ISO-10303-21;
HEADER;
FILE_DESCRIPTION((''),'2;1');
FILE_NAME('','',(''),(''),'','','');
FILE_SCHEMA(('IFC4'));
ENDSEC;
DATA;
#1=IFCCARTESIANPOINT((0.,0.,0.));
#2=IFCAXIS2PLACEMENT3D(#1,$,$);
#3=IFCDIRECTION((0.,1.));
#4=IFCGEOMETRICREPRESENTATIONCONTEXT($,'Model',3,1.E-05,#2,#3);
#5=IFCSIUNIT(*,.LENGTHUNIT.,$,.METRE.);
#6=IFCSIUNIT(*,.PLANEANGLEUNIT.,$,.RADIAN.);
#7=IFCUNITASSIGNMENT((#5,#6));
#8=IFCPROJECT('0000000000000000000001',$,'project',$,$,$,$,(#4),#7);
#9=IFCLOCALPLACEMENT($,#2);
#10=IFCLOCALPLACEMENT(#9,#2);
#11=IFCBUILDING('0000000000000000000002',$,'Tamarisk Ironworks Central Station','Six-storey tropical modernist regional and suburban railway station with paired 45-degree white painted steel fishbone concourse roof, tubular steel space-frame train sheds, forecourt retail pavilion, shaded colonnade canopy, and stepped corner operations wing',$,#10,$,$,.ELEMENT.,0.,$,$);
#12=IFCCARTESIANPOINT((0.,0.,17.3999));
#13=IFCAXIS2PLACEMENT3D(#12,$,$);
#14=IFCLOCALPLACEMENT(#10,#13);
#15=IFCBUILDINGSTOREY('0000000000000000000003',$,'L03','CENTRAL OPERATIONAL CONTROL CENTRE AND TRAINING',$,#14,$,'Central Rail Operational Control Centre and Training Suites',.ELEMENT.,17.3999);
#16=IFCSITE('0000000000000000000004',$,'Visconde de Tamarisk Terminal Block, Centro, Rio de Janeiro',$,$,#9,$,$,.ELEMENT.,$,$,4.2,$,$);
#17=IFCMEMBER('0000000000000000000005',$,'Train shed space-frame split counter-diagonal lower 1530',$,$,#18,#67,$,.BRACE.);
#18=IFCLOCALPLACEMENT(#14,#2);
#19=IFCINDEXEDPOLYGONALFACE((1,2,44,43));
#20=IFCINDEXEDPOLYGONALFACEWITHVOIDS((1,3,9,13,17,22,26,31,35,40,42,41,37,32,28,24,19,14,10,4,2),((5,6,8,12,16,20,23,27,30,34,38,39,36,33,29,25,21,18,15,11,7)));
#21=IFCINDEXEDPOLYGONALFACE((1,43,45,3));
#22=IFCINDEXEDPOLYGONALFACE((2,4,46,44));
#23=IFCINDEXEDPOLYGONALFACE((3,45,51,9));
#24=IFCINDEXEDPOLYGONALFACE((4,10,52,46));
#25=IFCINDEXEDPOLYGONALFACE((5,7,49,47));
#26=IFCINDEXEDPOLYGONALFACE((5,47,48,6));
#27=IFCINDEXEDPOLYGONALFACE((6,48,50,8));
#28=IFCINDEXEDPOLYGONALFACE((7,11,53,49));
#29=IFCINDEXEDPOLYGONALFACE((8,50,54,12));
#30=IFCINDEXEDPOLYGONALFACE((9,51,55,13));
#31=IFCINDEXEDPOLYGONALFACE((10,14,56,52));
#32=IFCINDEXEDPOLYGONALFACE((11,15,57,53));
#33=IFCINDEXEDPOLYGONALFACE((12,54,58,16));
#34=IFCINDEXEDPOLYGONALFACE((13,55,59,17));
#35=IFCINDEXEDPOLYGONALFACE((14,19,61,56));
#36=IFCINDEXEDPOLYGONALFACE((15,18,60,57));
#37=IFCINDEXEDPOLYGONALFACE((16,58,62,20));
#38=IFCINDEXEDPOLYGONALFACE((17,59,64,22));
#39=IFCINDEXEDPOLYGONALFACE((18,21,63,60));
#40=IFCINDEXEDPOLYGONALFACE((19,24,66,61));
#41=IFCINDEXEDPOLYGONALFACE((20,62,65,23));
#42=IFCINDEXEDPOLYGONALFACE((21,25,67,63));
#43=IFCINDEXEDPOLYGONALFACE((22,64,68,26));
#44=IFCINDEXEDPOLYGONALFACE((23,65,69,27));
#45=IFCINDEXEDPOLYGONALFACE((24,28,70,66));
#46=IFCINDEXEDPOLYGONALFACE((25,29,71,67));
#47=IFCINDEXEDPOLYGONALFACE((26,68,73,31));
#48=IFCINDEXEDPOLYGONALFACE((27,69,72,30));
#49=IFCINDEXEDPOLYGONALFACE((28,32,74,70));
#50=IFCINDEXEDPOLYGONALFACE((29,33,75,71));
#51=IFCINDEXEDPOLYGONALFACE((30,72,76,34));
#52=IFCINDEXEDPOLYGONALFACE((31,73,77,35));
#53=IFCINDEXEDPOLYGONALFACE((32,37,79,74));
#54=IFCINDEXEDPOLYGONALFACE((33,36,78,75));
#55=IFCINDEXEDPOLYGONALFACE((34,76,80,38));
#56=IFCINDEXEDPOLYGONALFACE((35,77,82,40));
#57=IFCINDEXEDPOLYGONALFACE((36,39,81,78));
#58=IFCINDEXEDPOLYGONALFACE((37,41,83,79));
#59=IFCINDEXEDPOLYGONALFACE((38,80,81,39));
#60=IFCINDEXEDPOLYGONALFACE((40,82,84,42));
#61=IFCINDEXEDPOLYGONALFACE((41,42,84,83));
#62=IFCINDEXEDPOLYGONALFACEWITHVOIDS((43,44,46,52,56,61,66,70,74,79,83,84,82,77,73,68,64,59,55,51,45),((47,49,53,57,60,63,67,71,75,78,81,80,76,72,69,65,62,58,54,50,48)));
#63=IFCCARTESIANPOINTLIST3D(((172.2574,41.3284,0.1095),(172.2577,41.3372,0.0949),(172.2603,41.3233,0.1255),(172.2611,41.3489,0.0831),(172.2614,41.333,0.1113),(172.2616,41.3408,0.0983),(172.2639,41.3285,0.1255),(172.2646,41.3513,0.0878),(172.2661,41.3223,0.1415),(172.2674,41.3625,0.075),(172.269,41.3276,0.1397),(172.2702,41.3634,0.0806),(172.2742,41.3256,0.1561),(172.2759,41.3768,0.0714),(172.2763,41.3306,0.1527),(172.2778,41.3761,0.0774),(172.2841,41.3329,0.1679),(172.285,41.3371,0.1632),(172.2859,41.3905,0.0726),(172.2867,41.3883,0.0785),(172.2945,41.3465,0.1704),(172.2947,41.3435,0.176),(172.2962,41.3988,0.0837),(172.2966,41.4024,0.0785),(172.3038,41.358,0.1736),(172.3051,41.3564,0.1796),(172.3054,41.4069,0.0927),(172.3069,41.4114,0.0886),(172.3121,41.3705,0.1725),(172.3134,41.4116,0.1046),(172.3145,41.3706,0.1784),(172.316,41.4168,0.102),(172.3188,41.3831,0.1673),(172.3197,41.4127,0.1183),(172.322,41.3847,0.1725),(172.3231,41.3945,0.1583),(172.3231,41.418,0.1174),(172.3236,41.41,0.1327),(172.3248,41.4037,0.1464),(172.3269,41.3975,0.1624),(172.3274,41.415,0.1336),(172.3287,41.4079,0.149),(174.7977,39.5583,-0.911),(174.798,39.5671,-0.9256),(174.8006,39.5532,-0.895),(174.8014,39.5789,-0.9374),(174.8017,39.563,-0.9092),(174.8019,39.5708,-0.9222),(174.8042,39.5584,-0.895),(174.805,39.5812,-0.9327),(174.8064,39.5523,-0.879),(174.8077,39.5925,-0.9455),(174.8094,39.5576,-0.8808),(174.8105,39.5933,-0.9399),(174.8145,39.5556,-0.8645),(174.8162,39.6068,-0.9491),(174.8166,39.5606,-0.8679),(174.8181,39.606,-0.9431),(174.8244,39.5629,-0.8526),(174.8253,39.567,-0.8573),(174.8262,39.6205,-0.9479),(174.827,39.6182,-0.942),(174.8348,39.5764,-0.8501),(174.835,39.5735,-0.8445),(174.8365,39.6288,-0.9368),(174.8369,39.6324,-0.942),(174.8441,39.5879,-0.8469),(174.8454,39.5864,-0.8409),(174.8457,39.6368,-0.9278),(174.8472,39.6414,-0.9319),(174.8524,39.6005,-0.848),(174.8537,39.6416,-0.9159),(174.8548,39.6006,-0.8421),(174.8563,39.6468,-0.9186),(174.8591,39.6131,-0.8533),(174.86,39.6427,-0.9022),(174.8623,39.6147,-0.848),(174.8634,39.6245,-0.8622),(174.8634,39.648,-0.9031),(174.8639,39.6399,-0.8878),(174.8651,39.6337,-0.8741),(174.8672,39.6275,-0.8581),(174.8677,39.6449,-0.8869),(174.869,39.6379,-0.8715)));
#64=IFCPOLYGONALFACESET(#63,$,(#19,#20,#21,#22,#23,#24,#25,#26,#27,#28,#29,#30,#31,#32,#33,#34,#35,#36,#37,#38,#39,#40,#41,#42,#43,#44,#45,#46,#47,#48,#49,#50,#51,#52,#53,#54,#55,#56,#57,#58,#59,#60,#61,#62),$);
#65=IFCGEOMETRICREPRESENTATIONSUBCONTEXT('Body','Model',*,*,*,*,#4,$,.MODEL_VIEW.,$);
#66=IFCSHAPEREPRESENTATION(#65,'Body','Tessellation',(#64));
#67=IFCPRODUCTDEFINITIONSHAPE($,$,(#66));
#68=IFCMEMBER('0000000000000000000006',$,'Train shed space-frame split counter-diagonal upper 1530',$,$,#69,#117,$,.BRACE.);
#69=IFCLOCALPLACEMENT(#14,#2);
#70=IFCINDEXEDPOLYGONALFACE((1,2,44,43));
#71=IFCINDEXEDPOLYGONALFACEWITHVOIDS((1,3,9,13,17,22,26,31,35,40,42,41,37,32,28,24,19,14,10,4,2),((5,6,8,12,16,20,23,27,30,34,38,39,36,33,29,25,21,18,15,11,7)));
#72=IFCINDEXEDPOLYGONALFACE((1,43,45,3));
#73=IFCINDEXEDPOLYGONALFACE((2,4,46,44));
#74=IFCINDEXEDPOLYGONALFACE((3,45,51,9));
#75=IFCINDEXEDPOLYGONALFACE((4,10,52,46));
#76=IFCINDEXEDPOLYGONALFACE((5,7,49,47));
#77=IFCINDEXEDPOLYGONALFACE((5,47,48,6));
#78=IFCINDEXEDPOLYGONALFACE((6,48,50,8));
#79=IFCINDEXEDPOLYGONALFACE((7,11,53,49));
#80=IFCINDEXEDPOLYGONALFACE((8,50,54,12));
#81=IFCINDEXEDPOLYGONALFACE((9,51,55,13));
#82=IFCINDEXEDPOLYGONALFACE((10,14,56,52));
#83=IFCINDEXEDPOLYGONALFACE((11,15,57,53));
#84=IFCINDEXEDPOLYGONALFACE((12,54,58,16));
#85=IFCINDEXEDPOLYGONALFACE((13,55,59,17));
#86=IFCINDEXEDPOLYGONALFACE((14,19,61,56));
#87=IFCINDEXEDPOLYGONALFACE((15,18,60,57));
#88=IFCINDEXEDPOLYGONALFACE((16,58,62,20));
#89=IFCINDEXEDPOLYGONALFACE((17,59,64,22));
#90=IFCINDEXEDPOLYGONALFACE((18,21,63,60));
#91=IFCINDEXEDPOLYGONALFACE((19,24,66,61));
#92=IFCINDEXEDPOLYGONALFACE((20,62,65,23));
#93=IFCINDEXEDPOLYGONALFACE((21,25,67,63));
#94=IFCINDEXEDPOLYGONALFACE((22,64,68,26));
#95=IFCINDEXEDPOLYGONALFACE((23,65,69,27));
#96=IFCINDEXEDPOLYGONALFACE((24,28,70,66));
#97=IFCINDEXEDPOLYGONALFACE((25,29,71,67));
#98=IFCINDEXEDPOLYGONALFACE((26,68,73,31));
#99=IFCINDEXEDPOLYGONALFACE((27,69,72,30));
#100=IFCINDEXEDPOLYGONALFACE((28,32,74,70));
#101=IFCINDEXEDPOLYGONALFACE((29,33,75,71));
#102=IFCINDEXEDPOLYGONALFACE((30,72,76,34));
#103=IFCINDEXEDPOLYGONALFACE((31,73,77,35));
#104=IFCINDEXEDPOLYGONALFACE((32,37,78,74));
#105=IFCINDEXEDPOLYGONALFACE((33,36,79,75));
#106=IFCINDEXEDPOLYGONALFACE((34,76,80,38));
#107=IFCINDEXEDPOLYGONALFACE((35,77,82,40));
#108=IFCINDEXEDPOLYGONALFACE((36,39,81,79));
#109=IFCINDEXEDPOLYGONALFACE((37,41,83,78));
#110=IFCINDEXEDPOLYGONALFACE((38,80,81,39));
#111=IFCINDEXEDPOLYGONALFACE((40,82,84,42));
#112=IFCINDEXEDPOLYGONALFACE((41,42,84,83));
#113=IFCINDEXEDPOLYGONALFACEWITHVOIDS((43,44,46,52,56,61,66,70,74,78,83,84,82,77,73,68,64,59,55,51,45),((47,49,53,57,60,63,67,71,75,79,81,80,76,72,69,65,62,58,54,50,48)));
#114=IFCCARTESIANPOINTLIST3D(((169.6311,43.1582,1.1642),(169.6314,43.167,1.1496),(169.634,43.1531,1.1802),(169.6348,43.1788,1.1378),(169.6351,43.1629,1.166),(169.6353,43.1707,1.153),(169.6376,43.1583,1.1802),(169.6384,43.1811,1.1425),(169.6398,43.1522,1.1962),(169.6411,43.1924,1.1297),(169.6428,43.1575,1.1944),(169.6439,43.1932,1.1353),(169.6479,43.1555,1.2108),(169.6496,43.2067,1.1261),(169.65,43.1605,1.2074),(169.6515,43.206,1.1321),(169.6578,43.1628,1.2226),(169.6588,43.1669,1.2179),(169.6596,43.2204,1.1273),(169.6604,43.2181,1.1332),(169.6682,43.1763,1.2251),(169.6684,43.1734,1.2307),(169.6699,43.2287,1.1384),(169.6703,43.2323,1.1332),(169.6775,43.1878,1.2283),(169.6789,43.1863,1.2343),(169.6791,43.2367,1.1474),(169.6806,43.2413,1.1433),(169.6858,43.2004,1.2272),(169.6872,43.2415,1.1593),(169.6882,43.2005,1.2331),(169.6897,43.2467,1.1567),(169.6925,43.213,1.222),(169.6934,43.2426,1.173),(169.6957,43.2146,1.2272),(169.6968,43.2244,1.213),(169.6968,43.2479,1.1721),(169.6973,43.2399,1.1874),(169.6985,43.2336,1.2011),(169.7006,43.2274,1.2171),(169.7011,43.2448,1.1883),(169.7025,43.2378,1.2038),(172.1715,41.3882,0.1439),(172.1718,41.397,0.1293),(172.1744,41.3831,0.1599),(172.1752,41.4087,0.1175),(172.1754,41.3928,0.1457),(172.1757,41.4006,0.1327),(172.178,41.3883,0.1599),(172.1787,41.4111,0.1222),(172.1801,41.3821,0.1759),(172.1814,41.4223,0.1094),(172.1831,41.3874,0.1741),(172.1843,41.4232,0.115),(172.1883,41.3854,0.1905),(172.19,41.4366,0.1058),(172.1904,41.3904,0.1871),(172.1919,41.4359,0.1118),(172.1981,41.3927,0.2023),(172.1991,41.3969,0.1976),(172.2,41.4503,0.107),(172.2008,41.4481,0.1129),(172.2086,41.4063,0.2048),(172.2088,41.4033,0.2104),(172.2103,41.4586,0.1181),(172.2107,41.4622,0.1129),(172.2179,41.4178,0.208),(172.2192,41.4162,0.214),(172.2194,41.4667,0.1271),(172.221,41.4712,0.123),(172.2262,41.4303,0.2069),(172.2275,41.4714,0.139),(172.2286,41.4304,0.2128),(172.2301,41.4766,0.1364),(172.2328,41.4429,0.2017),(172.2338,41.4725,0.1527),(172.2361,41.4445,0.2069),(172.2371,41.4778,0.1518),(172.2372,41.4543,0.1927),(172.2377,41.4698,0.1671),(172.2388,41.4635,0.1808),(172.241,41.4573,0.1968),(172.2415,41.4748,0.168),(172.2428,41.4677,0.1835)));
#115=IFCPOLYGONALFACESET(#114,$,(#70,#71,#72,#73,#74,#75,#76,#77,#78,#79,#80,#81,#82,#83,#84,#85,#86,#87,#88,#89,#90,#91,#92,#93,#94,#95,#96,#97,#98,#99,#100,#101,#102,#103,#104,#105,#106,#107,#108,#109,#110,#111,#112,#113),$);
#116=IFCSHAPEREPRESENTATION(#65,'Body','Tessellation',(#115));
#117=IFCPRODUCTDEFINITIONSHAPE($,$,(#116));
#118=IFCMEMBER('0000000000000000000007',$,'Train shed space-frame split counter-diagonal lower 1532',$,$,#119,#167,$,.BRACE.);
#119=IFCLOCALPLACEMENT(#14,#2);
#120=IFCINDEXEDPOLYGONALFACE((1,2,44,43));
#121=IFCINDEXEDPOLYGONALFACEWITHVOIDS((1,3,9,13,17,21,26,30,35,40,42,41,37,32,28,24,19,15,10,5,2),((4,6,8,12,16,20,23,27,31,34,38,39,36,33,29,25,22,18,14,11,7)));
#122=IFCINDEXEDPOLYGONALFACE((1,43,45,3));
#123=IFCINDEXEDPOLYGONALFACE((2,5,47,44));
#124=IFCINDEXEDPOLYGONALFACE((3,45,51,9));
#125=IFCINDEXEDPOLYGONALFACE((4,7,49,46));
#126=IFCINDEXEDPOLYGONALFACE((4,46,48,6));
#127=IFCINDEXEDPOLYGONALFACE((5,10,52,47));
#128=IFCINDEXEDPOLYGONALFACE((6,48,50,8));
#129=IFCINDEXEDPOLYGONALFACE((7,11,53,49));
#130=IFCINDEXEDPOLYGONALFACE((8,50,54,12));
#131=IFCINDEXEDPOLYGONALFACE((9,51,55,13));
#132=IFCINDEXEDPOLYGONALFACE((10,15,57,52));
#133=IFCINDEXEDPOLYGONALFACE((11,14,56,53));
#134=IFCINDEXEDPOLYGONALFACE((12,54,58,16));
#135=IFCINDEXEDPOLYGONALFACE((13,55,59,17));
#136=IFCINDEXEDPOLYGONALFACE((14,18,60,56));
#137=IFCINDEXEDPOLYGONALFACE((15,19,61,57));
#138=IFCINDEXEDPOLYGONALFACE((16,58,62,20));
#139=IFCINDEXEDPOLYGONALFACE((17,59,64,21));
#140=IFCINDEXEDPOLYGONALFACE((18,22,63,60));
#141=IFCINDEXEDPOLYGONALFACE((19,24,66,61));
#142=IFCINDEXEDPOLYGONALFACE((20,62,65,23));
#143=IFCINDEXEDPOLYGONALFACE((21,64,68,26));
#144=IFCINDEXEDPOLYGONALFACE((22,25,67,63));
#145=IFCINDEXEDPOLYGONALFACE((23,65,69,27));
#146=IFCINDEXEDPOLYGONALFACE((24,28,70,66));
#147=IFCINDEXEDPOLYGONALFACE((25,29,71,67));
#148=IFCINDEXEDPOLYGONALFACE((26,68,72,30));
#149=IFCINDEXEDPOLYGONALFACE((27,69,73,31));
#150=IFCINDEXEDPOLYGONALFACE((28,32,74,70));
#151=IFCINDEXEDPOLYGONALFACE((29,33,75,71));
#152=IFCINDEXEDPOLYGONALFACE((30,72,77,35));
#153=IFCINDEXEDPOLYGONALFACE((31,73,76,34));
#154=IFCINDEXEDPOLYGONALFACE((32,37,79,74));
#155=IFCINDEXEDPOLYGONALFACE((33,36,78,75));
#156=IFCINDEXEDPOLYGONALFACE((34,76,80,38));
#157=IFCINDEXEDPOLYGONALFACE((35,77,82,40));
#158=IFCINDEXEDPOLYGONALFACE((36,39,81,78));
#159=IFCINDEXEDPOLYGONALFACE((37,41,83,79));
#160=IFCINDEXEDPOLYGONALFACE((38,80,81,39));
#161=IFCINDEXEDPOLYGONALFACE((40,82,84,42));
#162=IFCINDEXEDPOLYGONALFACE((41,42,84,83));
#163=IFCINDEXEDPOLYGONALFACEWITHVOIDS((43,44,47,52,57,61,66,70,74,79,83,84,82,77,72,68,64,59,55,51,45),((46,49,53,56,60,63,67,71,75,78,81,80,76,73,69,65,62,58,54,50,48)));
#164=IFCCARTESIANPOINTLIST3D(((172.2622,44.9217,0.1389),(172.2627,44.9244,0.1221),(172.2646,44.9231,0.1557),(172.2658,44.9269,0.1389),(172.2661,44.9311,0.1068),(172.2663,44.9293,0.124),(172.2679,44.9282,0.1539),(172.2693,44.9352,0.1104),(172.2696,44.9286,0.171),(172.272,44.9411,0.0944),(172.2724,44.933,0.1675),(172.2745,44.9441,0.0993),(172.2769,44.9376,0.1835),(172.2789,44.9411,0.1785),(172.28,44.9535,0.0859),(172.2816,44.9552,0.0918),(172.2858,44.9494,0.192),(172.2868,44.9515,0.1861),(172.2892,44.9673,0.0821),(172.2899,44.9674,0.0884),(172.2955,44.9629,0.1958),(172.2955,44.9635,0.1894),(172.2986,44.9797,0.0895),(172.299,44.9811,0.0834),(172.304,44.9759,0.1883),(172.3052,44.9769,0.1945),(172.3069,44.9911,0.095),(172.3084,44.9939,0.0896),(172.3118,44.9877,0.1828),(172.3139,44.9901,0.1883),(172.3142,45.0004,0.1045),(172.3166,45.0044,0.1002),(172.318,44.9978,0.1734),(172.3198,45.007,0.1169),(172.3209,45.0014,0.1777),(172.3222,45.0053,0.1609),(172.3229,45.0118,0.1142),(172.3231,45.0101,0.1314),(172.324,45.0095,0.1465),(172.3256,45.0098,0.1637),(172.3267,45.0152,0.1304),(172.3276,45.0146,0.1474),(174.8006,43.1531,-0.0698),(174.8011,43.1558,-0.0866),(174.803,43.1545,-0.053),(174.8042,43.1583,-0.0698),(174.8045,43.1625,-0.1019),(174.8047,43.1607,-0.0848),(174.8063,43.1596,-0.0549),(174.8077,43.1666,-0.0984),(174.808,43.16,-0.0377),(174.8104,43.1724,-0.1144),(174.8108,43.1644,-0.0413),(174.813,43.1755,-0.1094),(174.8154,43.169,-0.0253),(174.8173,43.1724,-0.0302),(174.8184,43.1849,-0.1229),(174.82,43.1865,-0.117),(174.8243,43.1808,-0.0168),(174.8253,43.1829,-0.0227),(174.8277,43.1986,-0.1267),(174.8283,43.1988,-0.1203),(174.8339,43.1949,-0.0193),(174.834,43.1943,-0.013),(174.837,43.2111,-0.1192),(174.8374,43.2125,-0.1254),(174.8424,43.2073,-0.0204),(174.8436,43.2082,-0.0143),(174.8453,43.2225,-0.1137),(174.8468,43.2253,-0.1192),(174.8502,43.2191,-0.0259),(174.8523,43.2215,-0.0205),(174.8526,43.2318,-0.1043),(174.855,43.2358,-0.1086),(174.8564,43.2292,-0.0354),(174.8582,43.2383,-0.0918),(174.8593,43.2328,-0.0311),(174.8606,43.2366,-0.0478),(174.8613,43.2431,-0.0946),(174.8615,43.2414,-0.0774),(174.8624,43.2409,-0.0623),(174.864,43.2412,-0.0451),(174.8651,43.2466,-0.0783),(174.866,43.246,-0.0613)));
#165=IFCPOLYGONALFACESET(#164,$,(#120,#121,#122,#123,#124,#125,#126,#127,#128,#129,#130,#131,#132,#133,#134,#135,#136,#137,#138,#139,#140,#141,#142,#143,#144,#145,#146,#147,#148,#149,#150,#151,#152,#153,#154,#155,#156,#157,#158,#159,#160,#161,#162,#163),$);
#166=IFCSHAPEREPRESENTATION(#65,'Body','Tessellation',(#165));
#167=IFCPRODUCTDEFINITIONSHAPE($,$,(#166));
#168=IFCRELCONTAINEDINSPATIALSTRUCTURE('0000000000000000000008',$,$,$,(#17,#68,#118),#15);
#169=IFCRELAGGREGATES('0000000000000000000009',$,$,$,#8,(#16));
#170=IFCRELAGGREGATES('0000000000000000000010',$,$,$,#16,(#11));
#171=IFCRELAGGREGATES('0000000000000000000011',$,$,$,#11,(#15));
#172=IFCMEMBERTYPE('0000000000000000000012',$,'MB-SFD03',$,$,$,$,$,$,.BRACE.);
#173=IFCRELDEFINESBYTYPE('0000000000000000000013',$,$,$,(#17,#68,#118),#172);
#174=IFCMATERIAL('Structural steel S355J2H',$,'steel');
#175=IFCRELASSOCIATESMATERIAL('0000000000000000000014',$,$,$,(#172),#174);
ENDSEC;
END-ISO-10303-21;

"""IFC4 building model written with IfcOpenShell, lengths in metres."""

from ifc_helpers import new_model, si_unit, direction, frame, origin, origin_2d, place, context, subcontext, project, spatial, hollow_circle, extrude, material, material_profile, profile_set, type_object, element, save


model = new_model("IFC4")

# Units and contexts
model_context = context("Model", 3, precision=1e-05, world=origin(), true_north=direction((0.0, 1.0)))
body_context = subcontext(model_context, "Body", "Model", "MODEL_VIEW")
ifc_project = project(units=[si_unit("LENGTHUNIT", "METRE"), si_unit("PLANEANGLEUNIT", "RADIAN")], contexts=[model_context])

# Site, building, storey
site_placement = place(None, origin())
site = spatial("IfcSite", under=ifc_project, at=site_placement, Name="Visconde de Tamarisk Terminal Block, Centro, Rio de Janeiro", CompositionType="ELEMENT", RefElevation=4.2)
building_placement = place(site_placement, origin())
building = spatial("IfcBuilding", under=site, at=building_placement, Name="Tamarisk Ironworks Central Station", Description="Six-storey tropical modernist regional and suburban railway station with paired 45-degree white painted steel fishbone concourse roof, tubular steel space-frame train sheds, forecourt retail pavilion, shaded colonnade canopy, and stepped corner operations wing", CompositionType="ELEMENT", ElevationOfRefHeight=0.0)
storey_placement = place(building_placement, frame((0.0, 0.0, 17.3999)))
storey = spatial("IfcBuildingStorey", under=building, at=storey_placement, Name="L03", Description="CENTRAL OPERATIONAL CONTROL CENTRE AND TRAINING", LongName="Central Rail Operational Control Centre and Training Suites", CompositionType="ELEMENT", Elevation=17.3999)

# Members
ifc_material = material(Name="Structural steel S355J2H", Category="steel")
ifc_material_profile_1 = material_profile(ifc_material, hollow_circle(Radius=0.0571, WallThickness=0.0063, at=origin_2d()), Name="CHS 114.3x6.3")
ifc_profile_set_1 = profile_set([ifc_material_profile_1], Name="Structural steel S355J2H")
member_type_1 = type_object("IfcMemberType", Name="MB-SFD03", PredefinedType="BRACE", material=ifc_profile_set_1)
for number, where, z_axis, x_axis, name in (
    (1, (174.8333, 39.6001, -0.895), (-0.779234, 0.542955, 0.313042), (-0.571688, -0.820471, 0.0), "Train shed space-frame split counter-diagonal lower 1530"),
    (2, (172.207, 41.4299, 0.1599), (-0.779252, 0.542967, 0.312974), (-0.571688, -0.820471, 0.0), "Train shed space-frame split counter-diagonal upper 1530"),
):
    element("IfcMember", number, at=place(storey_placement, frame(where, z_axis=z_axis, x_axis=x_axis)), inside=storey, type_object=member_type_1, Name=name, PredefinedType="BRACE", context=body_context, shape_type="SweptSolid", body=[
        extrude(hollow_circle(Radius=0.0571, WallThickness=0.0063, at=origin_2d()), origin(), (0.0, 0.0, 1.0), 3.26),
    ])
for number, where, z_axis, x_axis, name in (
    (3, (174.8333, 43.2, -0.0698), (-0.818625, 0.570369, 0.06732), (-0.571666, -0.820487, 0.0), "Train shed space-frame split counter-diagonal lower 1532"),
):
    element("IfcMember", number, at=place(storey_placement, frame(where, z_axis=z_axis, x_axis=x_axis)), inside=storey, type_object=member_type_1, Name=name, PredefinedType="BRACE", context=body_context, shape_type="SweptSolid", body=[
        extrude(hollow_circle(Radius=0.0571, WallThickness=0.0063, at=origin_2d()), origin(), (0.0, 0.0, 1.0), 3.1008),
    ])

save(model, "model.ifc")
